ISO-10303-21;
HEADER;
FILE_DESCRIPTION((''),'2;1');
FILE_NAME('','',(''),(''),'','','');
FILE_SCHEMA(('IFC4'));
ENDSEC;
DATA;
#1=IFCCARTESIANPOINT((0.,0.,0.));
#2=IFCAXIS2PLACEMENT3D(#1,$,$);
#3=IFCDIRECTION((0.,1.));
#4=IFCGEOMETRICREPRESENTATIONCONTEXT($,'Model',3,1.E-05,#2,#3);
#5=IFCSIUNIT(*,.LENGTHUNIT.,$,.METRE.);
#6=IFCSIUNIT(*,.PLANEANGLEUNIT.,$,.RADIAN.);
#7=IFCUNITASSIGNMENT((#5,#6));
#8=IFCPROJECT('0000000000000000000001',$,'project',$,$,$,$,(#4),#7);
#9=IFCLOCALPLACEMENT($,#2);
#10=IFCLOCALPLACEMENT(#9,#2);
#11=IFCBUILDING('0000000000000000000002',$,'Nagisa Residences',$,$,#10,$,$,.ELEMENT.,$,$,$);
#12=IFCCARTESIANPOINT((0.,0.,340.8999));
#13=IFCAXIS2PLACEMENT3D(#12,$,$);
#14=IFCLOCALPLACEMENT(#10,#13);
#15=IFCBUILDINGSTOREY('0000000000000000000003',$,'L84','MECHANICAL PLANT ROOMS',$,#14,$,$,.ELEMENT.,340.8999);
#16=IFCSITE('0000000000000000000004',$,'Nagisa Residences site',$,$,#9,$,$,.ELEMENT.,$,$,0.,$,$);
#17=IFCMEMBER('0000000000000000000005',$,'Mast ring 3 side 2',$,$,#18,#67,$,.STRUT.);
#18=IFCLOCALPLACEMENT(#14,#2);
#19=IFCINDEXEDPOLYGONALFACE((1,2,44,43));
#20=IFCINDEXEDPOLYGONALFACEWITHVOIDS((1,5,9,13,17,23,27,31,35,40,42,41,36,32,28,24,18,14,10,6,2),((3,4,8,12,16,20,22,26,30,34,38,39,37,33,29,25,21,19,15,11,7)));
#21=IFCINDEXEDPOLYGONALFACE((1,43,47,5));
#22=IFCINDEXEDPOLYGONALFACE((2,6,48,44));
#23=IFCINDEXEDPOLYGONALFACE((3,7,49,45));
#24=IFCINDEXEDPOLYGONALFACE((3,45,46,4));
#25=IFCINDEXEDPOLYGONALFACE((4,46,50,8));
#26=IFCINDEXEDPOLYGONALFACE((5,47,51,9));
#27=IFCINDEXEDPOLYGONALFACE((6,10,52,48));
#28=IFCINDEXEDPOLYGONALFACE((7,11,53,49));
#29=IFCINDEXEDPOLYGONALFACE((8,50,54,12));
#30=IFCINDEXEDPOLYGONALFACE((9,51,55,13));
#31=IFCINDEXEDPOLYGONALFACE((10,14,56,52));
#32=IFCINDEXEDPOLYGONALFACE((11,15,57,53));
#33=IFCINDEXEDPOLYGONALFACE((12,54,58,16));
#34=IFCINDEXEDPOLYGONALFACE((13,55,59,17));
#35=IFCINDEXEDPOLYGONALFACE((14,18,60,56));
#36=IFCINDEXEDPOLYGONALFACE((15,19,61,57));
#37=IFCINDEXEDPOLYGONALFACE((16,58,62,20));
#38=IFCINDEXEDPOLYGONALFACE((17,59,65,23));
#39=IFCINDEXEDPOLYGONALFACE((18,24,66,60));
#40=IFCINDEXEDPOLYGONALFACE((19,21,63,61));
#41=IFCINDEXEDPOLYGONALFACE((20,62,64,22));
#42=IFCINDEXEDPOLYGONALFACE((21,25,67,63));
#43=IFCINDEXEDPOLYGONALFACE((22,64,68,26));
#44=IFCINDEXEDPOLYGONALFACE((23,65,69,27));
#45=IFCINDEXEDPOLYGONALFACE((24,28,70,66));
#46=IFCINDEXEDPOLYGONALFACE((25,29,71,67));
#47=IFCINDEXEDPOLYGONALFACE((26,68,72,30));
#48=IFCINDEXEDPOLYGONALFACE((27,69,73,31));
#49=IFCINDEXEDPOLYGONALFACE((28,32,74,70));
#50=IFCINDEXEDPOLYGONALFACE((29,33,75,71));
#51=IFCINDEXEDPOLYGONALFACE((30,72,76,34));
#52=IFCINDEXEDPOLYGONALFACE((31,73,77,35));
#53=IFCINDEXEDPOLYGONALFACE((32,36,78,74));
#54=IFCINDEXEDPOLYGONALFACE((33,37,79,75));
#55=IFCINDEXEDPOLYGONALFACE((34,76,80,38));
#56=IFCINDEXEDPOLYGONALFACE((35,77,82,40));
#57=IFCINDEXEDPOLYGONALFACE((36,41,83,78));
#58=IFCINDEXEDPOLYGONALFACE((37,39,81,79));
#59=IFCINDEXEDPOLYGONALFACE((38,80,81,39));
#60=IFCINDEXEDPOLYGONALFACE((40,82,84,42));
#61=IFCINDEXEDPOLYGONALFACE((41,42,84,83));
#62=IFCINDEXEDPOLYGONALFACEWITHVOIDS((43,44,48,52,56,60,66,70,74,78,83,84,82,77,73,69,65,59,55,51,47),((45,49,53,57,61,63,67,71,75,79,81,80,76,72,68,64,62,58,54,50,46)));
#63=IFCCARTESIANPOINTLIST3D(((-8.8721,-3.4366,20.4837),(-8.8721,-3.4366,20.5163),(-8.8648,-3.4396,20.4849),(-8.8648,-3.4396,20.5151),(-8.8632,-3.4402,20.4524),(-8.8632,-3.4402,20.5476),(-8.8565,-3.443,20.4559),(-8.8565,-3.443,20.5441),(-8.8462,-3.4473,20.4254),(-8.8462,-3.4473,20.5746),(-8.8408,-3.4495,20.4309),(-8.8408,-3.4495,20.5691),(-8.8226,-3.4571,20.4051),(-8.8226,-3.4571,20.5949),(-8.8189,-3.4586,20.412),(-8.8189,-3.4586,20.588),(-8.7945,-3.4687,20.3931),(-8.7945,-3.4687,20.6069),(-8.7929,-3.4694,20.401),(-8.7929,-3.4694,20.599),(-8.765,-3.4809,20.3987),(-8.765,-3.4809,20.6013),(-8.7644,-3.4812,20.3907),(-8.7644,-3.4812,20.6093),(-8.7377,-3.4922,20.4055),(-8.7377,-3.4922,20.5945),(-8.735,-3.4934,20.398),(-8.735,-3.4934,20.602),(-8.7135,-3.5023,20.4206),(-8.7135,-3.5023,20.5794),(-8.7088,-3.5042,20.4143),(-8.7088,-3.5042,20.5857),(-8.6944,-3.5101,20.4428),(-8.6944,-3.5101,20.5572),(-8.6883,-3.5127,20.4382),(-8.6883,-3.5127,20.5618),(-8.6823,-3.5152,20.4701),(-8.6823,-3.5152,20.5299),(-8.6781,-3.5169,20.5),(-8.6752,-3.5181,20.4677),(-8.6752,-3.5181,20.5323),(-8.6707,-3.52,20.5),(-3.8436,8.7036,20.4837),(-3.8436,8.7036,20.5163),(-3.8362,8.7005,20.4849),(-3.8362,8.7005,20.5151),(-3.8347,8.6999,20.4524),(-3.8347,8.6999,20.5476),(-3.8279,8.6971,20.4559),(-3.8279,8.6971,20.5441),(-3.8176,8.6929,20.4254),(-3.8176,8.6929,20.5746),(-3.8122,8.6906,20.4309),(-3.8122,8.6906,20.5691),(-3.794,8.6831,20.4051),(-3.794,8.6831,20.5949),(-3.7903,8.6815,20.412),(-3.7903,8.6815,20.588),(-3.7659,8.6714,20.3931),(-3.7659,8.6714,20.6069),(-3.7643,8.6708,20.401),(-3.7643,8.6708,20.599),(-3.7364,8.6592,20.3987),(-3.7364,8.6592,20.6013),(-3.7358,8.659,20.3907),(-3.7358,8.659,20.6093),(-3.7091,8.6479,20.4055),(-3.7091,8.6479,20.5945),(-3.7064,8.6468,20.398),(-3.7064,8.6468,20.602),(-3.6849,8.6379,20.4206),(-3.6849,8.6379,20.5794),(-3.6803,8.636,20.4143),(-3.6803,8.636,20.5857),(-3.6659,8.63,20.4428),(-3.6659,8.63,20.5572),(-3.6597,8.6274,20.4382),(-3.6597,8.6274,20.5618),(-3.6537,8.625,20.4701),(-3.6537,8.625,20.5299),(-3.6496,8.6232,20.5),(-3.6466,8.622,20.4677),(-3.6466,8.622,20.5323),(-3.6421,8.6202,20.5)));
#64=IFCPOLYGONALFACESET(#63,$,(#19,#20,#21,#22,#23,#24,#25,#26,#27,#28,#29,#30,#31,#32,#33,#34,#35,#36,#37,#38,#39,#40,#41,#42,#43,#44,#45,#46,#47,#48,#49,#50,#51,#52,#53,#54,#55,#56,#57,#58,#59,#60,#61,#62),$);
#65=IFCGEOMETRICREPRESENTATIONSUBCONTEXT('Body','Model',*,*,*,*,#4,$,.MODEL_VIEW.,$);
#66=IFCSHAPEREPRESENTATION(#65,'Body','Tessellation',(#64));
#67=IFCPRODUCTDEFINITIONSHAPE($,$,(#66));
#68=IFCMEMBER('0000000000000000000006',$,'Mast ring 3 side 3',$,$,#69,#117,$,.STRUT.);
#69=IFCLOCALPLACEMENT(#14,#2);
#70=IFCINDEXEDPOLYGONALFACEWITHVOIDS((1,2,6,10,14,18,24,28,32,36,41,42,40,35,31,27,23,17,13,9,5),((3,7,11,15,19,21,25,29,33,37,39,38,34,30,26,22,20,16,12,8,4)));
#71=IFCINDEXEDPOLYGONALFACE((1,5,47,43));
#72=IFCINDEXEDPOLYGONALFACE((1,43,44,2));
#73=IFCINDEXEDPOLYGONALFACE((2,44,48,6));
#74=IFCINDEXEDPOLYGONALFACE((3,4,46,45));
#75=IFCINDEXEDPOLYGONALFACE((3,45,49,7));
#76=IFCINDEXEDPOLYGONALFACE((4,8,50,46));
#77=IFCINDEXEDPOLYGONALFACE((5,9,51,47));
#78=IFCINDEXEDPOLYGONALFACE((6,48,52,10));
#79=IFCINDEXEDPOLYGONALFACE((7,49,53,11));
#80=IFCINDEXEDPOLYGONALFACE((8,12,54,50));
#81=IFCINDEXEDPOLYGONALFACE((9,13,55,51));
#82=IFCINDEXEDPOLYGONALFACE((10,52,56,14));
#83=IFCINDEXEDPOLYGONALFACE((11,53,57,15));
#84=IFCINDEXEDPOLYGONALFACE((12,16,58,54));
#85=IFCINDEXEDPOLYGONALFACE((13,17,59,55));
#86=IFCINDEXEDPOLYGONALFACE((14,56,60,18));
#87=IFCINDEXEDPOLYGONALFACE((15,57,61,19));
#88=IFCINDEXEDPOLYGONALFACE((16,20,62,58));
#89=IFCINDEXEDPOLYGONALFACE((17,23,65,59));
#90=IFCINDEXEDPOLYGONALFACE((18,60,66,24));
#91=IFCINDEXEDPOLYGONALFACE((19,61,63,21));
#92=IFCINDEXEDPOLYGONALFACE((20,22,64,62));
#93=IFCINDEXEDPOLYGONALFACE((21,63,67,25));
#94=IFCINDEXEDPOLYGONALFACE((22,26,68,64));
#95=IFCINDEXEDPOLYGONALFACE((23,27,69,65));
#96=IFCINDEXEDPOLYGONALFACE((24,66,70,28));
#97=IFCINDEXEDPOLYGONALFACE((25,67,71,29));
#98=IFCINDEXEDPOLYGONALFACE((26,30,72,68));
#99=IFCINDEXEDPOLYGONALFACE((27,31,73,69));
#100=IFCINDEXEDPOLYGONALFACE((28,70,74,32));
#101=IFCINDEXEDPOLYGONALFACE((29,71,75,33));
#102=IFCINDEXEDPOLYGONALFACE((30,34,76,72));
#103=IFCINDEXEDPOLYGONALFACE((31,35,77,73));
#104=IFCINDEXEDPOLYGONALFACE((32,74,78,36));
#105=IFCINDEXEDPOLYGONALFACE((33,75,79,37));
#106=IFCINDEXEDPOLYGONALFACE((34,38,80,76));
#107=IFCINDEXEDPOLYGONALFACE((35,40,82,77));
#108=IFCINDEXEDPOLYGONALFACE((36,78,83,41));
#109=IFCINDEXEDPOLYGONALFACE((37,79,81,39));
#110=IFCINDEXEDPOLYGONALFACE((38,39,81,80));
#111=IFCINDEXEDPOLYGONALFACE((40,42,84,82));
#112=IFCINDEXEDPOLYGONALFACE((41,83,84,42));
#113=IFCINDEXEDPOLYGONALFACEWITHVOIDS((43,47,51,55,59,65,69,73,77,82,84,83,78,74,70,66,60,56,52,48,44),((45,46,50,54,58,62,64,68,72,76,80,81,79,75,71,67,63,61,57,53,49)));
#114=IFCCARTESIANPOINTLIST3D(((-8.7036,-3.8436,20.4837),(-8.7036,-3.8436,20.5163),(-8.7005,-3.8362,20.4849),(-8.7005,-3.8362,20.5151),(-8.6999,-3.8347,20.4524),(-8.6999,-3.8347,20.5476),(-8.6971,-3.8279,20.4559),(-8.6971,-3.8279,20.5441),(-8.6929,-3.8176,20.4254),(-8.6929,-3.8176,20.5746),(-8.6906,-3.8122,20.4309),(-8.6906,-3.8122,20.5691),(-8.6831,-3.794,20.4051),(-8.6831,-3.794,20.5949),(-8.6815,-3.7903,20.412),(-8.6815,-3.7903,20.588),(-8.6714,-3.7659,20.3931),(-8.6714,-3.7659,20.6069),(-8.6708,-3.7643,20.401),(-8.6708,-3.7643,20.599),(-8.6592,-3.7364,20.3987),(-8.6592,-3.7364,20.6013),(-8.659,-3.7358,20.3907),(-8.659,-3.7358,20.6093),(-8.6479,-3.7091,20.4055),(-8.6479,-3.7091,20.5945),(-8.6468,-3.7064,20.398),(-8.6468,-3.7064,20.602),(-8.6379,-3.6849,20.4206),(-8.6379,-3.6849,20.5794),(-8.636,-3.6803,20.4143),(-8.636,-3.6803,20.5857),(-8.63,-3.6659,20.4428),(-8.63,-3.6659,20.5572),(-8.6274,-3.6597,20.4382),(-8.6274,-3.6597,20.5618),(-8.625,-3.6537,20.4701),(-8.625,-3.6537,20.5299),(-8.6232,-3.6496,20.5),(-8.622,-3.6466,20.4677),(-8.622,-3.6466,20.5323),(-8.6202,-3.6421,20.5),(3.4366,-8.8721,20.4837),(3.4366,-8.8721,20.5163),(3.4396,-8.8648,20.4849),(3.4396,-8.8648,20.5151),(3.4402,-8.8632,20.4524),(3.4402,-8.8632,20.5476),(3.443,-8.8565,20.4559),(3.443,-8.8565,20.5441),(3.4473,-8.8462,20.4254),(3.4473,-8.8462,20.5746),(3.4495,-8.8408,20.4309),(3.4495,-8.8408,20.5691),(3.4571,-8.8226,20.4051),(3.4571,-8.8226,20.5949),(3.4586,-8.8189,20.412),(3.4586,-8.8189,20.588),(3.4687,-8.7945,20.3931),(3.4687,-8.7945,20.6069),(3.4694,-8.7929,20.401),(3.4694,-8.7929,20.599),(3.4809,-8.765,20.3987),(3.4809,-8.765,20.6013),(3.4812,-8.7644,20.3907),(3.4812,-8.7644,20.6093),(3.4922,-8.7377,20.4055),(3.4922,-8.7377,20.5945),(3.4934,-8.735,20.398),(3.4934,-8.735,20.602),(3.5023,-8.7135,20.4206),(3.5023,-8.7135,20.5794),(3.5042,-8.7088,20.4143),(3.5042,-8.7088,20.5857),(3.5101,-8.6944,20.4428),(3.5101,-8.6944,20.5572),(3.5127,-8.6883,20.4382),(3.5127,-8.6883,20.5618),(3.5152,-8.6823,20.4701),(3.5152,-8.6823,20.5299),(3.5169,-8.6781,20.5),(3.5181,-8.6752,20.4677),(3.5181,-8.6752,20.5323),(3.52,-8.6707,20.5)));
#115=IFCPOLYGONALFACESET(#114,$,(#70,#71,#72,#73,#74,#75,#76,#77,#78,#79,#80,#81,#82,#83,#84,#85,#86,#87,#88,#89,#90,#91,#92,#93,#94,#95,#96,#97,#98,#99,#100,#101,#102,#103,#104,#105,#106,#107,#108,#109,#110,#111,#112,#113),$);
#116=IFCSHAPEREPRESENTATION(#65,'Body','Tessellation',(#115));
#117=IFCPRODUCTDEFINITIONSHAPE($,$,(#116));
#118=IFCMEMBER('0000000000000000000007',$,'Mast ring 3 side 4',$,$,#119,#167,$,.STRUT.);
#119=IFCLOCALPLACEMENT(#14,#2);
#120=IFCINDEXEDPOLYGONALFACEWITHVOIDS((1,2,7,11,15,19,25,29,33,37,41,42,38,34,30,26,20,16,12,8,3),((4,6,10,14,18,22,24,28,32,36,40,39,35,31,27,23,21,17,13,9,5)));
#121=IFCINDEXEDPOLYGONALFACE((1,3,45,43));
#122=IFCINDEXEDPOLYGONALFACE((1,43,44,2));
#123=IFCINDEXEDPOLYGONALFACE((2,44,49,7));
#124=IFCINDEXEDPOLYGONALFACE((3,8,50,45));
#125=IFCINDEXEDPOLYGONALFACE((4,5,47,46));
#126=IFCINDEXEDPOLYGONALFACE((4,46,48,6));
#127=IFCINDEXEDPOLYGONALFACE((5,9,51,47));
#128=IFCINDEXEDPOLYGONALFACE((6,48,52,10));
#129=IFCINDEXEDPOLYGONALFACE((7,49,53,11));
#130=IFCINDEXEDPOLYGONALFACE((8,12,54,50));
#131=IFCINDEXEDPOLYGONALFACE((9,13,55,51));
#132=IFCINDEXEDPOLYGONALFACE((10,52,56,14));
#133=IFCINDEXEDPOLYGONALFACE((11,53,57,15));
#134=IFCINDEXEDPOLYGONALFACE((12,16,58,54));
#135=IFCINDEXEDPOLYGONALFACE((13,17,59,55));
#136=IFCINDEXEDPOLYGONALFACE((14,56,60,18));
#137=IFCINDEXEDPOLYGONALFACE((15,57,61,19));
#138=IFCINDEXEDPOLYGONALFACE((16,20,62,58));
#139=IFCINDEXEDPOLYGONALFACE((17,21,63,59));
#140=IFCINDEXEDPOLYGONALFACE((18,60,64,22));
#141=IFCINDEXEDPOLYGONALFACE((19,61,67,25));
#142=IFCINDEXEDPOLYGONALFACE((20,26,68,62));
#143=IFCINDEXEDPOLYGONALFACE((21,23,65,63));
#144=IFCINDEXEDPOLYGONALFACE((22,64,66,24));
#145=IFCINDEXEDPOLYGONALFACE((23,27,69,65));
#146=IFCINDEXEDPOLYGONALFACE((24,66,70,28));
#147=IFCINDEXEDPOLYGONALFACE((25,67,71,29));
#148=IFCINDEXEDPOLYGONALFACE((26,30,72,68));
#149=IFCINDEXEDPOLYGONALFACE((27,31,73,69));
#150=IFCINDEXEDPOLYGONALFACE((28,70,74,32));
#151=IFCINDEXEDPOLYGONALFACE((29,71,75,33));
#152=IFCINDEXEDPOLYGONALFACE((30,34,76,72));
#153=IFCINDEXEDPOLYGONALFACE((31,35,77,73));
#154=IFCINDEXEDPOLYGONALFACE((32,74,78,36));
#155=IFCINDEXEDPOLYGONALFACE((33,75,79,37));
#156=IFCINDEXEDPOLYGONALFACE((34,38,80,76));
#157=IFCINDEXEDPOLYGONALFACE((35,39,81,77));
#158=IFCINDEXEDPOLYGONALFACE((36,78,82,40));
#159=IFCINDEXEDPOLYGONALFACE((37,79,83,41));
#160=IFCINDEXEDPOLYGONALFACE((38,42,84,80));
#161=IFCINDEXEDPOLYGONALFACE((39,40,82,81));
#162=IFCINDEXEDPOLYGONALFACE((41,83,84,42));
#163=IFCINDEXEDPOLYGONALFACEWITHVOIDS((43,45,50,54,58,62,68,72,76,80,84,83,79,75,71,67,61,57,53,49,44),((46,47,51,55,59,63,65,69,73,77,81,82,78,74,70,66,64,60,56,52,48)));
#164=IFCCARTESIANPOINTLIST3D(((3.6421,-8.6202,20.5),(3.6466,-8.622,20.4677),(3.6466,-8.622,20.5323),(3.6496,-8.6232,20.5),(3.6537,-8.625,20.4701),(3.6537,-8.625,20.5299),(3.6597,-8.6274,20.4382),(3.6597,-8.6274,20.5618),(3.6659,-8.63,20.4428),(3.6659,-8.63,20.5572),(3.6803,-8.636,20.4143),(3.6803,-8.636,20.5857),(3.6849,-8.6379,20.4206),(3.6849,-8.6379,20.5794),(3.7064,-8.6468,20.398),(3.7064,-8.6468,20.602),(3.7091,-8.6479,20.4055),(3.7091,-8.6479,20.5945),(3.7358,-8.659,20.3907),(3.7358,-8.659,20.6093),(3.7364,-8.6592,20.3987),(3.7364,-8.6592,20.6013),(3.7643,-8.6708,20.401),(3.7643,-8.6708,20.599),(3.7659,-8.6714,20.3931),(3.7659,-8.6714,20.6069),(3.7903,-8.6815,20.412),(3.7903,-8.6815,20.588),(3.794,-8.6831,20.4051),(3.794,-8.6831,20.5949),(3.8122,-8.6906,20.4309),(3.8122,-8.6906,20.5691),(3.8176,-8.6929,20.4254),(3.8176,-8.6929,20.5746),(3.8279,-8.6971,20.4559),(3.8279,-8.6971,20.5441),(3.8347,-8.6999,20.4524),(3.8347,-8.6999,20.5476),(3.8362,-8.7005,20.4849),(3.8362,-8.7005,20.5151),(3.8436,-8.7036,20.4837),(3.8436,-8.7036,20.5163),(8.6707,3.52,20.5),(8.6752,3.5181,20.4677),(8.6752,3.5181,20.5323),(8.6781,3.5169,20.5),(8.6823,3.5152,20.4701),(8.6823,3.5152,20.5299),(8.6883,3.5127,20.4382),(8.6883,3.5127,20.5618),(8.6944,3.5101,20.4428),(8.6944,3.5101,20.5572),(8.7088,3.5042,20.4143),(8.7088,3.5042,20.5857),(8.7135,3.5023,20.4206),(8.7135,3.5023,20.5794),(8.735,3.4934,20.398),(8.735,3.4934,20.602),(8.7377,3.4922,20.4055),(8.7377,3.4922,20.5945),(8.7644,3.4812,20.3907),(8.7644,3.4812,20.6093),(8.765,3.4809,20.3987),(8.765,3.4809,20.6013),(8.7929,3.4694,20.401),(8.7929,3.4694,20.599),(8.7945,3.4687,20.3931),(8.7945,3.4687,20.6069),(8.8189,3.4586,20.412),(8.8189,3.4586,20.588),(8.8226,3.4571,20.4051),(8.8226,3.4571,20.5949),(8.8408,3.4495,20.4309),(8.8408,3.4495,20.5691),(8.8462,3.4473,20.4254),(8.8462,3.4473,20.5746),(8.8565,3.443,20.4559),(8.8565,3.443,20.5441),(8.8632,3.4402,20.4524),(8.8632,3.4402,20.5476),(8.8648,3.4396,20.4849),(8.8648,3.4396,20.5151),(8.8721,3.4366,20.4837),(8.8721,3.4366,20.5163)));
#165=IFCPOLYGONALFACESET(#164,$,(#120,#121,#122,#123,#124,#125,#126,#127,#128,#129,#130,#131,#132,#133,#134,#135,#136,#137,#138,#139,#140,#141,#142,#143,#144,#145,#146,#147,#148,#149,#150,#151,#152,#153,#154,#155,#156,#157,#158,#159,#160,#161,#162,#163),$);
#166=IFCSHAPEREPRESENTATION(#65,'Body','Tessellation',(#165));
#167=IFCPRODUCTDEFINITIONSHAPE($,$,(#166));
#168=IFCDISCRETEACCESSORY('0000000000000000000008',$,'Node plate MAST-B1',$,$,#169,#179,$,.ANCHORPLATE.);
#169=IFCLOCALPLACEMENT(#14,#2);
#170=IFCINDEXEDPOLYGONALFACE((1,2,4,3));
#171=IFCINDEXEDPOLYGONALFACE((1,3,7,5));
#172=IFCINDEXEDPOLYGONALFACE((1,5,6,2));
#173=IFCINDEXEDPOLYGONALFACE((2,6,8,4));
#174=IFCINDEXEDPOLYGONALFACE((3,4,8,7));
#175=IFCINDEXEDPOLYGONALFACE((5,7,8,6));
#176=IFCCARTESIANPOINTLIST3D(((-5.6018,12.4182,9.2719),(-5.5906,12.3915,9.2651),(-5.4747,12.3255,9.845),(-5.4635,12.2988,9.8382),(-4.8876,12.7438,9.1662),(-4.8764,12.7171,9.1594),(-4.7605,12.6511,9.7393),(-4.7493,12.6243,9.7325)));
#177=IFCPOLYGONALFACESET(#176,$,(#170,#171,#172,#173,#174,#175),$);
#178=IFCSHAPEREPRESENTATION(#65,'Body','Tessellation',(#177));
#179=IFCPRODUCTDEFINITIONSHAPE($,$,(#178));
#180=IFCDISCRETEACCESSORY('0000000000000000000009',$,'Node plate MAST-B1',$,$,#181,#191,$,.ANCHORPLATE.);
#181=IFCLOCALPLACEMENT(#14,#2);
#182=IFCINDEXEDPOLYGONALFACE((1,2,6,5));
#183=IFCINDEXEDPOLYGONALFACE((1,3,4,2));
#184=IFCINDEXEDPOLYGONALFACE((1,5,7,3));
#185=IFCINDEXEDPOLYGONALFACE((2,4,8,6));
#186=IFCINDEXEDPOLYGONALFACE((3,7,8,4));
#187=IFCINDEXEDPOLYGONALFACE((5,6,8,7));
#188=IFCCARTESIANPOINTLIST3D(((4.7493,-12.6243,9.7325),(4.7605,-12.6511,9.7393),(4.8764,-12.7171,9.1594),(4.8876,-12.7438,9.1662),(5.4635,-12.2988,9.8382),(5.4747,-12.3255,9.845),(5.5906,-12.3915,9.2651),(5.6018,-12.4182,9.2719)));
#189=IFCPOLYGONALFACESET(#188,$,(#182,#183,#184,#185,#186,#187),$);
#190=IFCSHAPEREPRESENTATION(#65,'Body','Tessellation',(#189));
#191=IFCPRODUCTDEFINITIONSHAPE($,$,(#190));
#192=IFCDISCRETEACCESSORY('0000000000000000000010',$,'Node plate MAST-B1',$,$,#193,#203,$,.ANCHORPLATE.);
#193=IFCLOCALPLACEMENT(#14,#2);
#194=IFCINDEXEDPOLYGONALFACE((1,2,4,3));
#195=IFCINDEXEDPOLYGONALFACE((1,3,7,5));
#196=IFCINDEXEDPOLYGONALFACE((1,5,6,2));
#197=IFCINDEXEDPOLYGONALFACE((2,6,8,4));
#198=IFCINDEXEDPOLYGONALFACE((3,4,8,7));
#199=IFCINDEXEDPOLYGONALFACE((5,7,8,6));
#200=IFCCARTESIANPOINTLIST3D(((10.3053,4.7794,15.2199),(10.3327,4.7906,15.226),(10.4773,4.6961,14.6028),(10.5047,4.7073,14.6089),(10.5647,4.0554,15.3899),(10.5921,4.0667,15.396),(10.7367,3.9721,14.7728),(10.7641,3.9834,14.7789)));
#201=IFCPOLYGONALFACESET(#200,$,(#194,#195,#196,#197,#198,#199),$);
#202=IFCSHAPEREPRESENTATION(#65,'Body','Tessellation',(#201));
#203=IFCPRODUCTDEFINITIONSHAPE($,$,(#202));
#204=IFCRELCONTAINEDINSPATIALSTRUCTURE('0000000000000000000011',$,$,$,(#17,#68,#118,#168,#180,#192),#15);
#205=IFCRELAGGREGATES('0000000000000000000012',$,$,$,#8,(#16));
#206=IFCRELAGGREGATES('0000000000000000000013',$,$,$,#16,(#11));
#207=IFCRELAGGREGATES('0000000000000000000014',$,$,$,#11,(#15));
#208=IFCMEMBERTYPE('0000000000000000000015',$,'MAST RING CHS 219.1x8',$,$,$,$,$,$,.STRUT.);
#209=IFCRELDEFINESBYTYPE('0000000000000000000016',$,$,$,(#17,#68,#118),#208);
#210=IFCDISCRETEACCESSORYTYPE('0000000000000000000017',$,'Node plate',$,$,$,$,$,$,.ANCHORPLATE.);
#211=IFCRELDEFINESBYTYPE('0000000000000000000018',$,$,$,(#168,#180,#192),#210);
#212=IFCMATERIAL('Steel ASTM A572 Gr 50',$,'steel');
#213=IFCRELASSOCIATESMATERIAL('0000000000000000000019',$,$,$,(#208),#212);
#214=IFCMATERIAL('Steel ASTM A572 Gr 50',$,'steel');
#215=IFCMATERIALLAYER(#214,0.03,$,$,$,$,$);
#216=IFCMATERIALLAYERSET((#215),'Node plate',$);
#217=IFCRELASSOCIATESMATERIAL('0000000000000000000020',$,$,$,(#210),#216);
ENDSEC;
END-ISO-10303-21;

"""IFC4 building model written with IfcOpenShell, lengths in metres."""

from ifc_helpers import new_model, si_unit, direction, frame, origin, origin_2d, place, context, subcontext, project, spatial, rectangle, hollow_circle, extrude, material, layer, layer_set, material_profile, profile_set, type_object, element, save


model = new_model("IFC4")

# Units and contexts
model_context = context("Model", 3, precision=1e-05, world=origin(), true_north=direction((0.0, 1.0)))
body_context = subcontext(model_context, "Body", "Model", "MODEL_VIEW")
ifc_project = project(units=[si_unit("LENGTHUNIT", "METRE"), si_unit("PLANEANGLEUNIT", "RADIAN")], contexts=[model_context])

# Site, building, storey
site_placement = place(None, origin())
site = spatial("IfcSite", under=ifc_project, at=site_placement, Name="Nagisa Residences site", CompositionType="ELEMENT", RefElevation=0.0)
building_placement = place(site_placement, origin())
building = spatial("IfcBuilding", under=site, at=building_placement, Name="Nagisa Residences", CompositionType="ELEMENT")
storey_placement = place(building_placement, frame((0.0, 0.0, 340.8999)))
storey = spatial("IfcBuildingStorey", under=building, at=storey_placement, Name="L84", Description="MECHANICAL PLANT ROOMS", CompositionType="ELEMENT", Elevation=340.8999)

# Members
ifc_material_1 = material(Name="Steel ASTM A572 Gr 50", Category="steel")
ifc_material_profile_1 = material_profile(ifc_material_1, hollow_circle(Radius=0.1096, WallThickness=0.0081, at=origin_2d()), Name="MAST RING CHS 219.1x8")
ifc_profile_set_1 = profile_set([ifc_material_profile_1], Name="Steel ASTM A572 Gr 50")
member_type_1 = type_object("IfcMemberType", Name="MAST RING CHS 219.1x8", PredefinedType="STRUT", material=ifc_profile_set_1)
for number, where, z_axis, x_axis, name in (
    (1, (-3.7434, 8.6621, 20.5), (-0.382681, -0.923881, 0.0), (0.923881, -0.382681, 0.0), "Mast ring 3 side 2"),
    (2, (-8.6621, -3.7434, 20.5), (0.923881, -0.382681, 0.0), (0.382681, 0.923881, 0.0), "Mast ring 3 side 3"),
    (3, (3.7434, -8.6621, 20.5), (0.382681, 0.923881, 0.0), (-0.923881, 0.382681, 0.0), "Mast ring 3 side 4"),
):
    element("IfcMember", number, at=place(storey_placement, frame(where, z_axis=z_axis, x_axis=x_axis)), inside=storey, type_object=member_type_1, Name=name, PredefinedType="STRUT", context=body_context, shape_type="SweptSolid", body=[
        extrude(hollow_circle(Radius=0.1096, WallThickness=0.0081, at=origin_2d()), origin(), (0.0, 0.0, 1.0), 13.1404),
    ])

# Discrete accessories
ifc_material_2 = material(Name="Steel ASTM A572 Gr 50", Category="steel")
ifc_layer = layer(ifc_material_2, 0.03)
ifc_layer_set = layer_set([ifc_layer], Name="Node plate")
discrete_accessory_type = type_object("IfcDiscreteAccessoryType", Name="Node plate", PredefinedType="ANCHORPLATE", material=ifc_layer_set)
for number, where, z_axis, x_axis, name in (
    (4, (-5.1812, 12.5347, 9.5056), (0.375588, -0.898146, -0.228619), (0.901779, 0.411077, -0.133452), "Node plate MAST-B1"),
    (5, (5.1812, -12.5347, 9.5056), (-0.375588, 0.898146, -0.228619), (-0.901779, -0.411077, -0.133452), "Node plate MAST-B1"),
):
    element("IfcDiscreteAccessory", number, at=place(storey_placement, frame(where, z_axis=z_axis, x_axis=x_axis)), inside=storey, type_object=discrete_accessory_type, Name=name, PredefinedType="ANCHORPLATE", context=body_context, shape_type="SweptSolid", body=[
        extrude(rectangle(XDim=0.792, YDim=0.5942, at=origin_2d()), origin(), (0.0, 0.0, 1.0), 0.0298),
    ])
discrete_accessory_1_placement = place(storey_placement, frame((10.521, 4.3757, 14.9963), z_axis=(0.905911, 0.37207, 0.202212), x_axis=(-0.329342, 0.919201, -0.215876)))
element("IfcDiscreteAccessory", 6, at=discrete_accessory_1_placement, inside=storey, type_object=discrete_accessory_type, Name="Node plate MAST-B1", PredefinedType="ANCHORPLATE", context=body_context, shape_type="SweptSolid", body=[
    extrude(rectangle(XDim=0.7876, YDim=0.646, at=origin_2d()), origin(), (0.0, 0.0, 1.0), 0.0303),
])

save(model, "model.ifc")
